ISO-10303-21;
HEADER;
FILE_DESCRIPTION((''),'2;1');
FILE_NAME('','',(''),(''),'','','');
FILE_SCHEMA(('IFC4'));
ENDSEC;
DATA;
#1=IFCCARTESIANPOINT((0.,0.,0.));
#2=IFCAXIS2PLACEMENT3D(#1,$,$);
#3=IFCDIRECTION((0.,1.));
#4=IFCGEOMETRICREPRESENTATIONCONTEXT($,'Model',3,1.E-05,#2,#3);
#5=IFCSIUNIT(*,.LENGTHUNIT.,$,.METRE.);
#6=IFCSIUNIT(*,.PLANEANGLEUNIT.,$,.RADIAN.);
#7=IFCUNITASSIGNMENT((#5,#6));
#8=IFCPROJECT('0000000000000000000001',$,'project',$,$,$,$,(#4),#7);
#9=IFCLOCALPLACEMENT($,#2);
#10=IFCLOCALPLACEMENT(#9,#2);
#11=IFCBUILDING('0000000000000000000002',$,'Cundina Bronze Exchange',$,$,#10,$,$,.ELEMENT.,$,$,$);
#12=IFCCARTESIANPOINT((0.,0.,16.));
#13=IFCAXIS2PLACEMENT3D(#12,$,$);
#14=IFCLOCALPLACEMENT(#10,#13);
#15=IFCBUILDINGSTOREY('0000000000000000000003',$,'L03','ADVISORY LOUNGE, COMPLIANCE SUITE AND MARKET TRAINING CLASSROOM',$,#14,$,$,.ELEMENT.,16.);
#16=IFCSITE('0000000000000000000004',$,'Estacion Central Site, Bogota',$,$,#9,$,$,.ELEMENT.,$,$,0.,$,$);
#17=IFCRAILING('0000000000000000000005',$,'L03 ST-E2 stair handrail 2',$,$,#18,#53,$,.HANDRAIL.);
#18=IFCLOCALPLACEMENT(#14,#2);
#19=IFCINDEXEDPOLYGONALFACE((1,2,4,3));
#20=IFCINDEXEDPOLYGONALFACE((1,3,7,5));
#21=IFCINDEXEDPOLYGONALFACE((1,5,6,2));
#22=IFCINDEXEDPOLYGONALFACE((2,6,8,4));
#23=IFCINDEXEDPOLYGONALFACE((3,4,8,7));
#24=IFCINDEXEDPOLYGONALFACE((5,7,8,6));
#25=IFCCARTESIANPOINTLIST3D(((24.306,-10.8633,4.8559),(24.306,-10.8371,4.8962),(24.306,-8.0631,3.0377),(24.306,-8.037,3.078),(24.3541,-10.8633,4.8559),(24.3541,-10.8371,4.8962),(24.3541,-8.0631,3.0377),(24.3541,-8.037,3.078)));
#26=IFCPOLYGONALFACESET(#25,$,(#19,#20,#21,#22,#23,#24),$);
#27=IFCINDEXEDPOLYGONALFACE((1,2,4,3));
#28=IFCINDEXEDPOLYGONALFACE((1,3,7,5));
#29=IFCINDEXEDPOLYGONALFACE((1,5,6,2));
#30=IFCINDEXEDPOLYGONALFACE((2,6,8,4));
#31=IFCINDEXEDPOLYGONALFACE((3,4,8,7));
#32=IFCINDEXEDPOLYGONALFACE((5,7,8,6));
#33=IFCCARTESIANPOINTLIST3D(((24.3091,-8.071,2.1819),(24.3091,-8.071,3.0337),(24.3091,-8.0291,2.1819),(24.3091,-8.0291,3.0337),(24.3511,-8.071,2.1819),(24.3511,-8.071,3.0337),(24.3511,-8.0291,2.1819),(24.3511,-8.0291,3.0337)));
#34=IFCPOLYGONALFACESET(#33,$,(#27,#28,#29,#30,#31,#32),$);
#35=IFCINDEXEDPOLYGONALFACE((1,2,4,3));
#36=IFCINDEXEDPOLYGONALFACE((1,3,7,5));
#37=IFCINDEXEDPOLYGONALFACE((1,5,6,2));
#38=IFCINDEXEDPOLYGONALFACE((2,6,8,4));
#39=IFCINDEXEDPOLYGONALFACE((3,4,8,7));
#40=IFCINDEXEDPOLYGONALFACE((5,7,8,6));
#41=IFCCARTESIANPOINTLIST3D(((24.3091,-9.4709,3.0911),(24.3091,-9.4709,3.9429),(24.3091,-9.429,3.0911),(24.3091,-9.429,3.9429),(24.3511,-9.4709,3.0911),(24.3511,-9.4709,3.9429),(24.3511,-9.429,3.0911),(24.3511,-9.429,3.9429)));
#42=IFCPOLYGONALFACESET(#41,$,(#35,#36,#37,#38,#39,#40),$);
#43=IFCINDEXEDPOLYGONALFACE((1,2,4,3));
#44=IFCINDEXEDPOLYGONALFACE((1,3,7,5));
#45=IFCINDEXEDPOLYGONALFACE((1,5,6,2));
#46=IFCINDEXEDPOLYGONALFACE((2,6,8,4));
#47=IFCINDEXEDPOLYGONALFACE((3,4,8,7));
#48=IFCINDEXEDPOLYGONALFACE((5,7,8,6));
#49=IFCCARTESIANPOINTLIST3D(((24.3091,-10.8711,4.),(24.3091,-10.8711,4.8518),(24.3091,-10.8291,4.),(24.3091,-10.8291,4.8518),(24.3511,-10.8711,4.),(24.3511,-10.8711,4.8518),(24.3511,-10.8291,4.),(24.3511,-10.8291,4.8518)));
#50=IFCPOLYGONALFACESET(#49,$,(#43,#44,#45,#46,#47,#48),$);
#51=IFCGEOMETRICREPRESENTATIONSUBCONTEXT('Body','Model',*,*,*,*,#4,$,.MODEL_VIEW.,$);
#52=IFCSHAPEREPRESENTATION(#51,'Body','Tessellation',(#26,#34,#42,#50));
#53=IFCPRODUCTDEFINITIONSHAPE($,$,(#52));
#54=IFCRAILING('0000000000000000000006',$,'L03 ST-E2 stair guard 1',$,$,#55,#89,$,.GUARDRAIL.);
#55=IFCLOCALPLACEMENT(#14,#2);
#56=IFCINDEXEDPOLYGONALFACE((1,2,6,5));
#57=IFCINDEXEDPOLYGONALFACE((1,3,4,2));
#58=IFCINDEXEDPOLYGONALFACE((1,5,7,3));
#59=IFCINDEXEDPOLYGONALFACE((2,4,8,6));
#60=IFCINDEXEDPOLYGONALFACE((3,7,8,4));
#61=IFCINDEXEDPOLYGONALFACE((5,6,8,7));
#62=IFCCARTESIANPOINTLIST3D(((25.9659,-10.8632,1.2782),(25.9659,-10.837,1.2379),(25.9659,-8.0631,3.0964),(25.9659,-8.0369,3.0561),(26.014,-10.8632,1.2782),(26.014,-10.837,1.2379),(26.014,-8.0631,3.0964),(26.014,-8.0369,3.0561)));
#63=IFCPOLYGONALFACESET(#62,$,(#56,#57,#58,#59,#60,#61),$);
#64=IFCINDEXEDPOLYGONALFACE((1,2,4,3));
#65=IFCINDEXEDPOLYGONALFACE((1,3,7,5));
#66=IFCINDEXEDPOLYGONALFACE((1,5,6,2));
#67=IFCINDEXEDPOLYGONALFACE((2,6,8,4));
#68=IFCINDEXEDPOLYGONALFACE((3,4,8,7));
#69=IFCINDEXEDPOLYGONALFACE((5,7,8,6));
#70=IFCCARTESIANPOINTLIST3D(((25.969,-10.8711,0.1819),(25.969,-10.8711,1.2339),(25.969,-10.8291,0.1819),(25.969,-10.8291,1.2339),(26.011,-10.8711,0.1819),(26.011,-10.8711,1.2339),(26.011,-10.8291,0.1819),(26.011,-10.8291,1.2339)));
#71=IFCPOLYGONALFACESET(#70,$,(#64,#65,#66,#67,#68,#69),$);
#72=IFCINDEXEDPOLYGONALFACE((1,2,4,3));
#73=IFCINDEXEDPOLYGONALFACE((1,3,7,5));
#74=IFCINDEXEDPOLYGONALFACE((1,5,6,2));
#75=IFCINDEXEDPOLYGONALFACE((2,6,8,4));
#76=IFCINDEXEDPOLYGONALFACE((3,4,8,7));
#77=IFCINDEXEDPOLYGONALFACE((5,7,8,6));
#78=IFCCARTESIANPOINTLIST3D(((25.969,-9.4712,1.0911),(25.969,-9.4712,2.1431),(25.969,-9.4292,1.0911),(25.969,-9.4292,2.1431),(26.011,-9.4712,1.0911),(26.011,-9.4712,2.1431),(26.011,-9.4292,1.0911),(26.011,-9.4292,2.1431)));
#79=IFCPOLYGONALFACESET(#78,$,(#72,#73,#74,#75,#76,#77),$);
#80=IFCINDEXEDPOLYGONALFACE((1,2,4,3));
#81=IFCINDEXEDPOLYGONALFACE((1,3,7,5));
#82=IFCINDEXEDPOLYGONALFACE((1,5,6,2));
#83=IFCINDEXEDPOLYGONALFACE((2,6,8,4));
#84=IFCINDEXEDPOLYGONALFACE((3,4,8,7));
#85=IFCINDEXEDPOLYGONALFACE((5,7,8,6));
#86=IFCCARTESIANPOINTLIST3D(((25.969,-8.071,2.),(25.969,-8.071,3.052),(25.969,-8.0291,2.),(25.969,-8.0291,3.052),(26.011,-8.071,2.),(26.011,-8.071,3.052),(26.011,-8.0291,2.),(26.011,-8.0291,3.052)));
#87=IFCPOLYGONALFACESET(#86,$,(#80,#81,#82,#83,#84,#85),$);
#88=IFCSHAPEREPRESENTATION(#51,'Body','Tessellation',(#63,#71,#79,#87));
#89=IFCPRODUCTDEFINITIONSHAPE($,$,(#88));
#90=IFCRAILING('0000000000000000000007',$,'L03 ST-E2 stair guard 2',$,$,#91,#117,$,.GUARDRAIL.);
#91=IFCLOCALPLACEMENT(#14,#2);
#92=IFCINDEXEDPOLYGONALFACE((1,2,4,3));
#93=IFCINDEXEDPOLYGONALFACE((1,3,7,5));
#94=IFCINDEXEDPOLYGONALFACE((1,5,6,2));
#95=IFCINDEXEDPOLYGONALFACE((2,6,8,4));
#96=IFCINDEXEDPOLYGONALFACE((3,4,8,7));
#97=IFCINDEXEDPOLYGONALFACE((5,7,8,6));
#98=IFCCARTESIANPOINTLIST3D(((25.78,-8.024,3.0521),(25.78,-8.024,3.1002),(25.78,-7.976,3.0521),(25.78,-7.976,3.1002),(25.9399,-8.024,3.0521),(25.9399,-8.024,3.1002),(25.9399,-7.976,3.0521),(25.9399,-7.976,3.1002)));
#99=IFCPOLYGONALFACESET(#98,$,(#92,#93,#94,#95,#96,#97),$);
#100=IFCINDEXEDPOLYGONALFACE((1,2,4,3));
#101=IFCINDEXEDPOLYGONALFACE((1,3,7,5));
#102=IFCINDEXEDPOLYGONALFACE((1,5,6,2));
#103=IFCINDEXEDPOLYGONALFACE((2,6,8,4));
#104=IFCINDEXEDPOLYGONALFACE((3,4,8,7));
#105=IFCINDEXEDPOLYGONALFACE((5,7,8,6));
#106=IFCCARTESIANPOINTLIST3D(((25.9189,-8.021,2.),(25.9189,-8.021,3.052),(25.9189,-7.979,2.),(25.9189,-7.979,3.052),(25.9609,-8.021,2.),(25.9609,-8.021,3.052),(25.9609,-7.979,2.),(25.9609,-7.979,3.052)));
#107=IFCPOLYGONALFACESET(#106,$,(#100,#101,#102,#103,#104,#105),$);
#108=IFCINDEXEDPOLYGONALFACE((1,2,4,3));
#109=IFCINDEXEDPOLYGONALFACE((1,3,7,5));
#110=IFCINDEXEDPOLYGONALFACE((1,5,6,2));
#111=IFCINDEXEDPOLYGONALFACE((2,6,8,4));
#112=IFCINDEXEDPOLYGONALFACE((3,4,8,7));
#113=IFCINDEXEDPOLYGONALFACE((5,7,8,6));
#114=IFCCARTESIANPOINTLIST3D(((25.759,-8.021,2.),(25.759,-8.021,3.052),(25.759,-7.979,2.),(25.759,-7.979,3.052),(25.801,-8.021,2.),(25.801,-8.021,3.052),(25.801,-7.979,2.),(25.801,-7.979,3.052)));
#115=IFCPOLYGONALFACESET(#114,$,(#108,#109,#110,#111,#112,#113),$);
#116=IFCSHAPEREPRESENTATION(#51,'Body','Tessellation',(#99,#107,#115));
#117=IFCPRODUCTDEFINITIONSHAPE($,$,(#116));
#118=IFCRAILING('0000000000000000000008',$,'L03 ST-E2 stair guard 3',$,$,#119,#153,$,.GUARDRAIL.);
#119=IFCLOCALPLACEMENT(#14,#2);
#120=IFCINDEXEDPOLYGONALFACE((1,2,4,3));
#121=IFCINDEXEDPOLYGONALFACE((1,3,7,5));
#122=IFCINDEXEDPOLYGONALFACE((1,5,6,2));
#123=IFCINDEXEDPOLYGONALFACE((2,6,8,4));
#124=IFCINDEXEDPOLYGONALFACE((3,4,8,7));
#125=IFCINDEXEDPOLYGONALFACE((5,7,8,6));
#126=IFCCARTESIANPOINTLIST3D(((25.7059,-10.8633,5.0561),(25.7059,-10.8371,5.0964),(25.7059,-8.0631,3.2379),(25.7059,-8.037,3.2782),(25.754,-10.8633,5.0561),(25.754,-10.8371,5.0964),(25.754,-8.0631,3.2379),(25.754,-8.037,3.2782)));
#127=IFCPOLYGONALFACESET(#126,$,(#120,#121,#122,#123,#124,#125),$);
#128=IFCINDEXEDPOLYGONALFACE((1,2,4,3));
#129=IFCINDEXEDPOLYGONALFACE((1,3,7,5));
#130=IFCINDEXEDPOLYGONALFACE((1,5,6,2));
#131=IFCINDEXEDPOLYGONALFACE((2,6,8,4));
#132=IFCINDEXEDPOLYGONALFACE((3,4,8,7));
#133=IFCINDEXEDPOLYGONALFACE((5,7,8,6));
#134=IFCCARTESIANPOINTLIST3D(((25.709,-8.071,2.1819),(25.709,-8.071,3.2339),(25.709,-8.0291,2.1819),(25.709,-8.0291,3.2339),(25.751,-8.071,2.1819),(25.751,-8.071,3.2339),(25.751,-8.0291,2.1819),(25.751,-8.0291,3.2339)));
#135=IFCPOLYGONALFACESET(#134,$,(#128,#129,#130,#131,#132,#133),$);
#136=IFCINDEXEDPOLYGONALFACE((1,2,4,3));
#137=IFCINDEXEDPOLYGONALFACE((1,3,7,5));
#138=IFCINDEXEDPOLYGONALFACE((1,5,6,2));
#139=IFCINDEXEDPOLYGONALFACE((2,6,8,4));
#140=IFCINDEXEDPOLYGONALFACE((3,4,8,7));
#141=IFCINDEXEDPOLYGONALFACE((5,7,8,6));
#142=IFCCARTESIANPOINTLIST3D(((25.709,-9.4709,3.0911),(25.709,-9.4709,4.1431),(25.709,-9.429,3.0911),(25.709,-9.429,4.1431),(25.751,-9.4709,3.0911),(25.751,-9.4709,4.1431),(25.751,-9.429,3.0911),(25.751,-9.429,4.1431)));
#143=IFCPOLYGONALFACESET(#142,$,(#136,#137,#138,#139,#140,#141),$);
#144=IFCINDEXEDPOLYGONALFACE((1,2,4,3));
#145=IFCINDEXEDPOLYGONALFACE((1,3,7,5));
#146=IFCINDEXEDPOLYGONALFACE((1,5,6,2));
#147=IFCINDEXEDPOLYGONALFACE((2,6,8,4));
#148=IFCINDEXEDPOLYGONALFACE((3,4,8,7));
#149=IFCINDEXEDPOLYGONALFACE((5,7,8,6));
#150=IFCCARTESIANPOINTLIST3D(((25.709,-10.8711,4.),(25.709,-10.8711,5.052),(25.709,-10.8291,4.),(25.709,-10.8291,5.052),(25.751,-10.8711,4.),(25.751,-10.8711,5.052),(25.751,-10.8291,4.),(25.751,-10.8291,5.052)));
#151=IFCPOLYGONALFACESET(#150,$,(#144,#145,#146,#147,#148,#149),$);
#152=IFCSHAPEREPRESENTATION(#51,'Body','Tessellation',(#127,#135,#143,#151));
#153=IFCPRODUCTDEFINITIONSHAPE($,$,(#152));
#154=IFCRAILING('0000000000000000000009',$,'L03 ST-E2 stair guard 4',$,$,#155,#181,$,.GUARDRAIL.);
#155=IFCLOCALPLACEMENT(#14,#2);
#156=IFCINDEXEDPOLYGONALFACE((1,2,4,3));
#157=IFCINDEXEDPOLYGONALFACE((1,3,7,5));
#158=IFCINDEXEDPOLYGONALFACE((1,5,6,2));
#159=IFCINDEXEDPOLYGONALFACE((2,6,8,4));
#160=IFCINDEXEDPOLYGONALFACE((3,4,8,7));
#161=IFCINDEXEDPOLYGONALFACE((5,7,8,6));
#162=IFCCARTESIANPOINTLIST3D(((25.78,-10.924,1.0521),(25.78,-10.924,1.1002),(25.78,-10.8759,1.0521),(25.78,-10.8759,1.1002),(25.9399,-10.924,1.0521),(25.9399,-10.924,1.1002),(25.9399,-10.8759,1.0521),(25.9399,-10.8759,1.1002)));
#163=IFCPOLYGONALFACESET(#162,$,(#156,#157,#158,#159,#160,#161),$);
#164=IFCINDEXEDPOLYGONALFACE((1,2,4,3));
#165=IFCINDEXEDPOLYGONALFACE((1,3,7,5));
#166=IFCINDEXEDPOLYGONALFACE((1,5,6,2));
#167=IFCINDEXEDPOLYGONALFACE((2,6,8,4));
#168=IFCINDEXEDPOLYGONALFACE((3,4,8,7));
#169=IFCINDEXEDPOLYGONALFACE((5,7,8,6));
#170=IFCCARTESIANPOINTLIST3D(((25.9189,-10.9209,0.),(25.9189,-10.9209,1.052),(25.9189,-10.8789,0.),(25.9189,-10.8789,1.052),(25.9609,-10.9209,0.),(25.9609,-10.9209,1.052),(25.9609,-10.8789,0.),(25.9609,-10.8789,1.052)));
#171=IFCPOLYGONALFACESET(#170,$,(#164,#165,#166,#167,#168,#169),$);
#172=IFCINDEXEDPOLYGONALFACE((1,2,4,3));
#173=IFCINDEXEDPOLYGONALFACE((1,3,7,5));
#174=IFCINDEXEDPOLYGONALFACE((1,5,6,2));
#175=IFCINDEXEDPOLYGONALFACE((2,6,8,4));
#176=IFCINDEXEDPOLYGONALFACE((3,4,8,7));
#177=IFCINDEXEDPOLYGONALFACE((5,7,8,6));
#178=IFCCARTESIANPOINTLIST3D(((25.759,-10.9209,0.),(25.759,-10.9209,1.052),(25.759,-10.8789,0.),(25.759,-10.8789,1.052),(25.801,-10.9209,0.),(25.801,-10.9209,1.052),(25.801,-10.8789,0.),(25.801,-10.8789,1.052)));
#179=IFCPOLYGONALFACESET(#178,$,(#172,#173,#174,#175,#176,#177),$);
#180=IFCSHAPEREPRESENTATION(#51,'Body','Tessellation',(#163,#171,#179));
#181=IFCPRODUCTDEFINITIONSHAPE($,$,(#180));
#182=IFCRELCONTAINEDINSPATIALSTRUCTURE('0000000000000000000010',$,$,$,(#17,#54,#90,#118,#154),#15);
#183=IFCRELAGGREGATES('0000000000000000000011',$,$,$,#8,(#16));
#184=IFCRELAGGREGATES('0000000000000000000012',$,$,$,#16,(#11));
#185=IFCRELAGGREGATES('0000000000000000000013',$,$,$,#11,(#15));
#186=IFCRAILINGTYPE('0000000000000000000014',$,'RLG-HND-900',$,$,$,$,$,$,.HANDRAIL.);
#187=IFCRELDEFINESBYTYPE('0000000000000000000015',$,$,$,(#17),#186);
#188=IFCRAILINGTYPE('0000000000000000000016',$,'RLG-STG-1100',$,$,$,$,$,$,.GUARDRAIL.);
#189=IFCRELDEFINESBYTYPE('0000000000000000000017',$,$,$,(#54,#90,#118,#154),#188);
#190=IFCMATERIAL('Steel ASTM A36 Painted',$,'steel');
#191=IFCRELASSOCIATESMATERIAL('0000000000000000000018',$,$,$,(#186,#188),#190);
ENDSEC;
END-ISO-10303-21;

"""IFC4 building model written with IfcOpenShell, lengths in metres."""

from ifc_helpers import new_model, si_unit, direction, frame, origin, origin_2d, place, context, subcontext, project, spatial, rectangle, extrude, material, type_object, element, save


model = new_model("IFC4")

# Units and contexts
model_context = context("Model", 3, precision=1e-05, world=origin(), true_north=direction((0.0, 1.0)))
body_context = subcontext(model_context, "Body", "Model", "MODEL_VIEW")
ifc_project = project(units=[si_unit("LENGTHUNIT", "METRE"), si_unit("PLANEANGLEUNIT", "RADIAN")], contexts=[model_context])

# Site, building, storey
site_placement = place(None, origin())
site = spatial("IfcSite", under=ifc_project, at=site_placement, Name="Estacion Central Site, Bogota", CompositionType="ELEMENT", RefElevation=0.0)
building_placement = place(site_placement, origin())
building = spatial("IfcBuilding", under=site, at=building_placement, Name="Cundina Bronze Exchange", CompositionType="ELEMENT")
storey_placement = place(building_placement, frame((0.0, 0.0, 16.0)))
storey = spatial("IfcBuildingStorey", under=building, at=storey_placement, Name="L03", Description="ADVISORY LOUNGE, COMPLIANCE SUITE AND MARKET TRAINING CLASSROOM", CompositionType="ELEMENT", Elevation=16.0)

# Shared definitions
ifc_material_1 = material(Name="Steel ASTM A36 Painted", Category="steel")

# Railings
railing_type_1 = type_object("IfcRailingType", Name="RLG-HND-900", PredefinedType="HANDRAIL", material=ifc_material_1)
railing_1_placement = place(storey_placement, frame((24.3301, -8.05, 2.1819)))
element("IfcRailing", 1, at=railing_1_placement, inside=storey, type_object=railing_type_1, Name="L03 ST-E2 stair handrail 2", PredefinedType="HANDRAIL", context=body_context, shape_type="SweptSolid", body=[
    extrude(rectangle(XDim=0.0481, YDim=0.0481, at=origin_2d()), frame((0.0, 0.0, 0.876), z_axis=(0.0, -0.838706, 0.544585), x_axis=(1.0, 0.0, 0.0)), (0.0, 0.0, 1.0), 3.3386),
    extrude(rectangle(XDim=0.042, YDim=0.042, at=origin_2d()), origin(), (0.0, 0.0, 1.0), 0.8518),
    extrude(rectangle(XDim=0.042, YDim=0.042, at=origin_2d()), frame((0.0, -1.3999, 0.9092)), (0.0, 0.0, 1.0), 0.8518),
    extrude(rectangle(XDim=0.042, YDim=0.042, at=origin_2d()), frame((0.0, -2.8, 1.8181)), (0.0, 0.0, 1.0), 0.8518),
])
railing_type_2 = type_object("IfcRailingType", Name="RLG-STG-1100", PredefinedType="GUARDRAIL", material=ifc_material_1)
railing_2_placement = place(storey_placement, frame((25.99, -10.8501, 0.1819)))
element("IfcRailing", 2, at=railing_2_placement, inside=storey, type_object=railing_type_2, Name="L03 ST-E2 stair guard 1", PredefinedType="GUARDRAIL", context=body_context, shape_type="SweptSolid", body=[
    extrude(rectangle(XDim=0.0481, YDim=0.0481, at=origin_2d()), frame((0.0, 0.0, 1.0762), z_axis=(0.0, 0.838706, 0.544585), x_axis=(-1.0, 0.0, 0.0)), (0.0, 0.0, 1.0), 3.3386),
    extrude(rectangle(XDim=0.042, YDim=0.042, at=origin_2d()), origin(), (0.0, 0.0, 1.0), 1.052),
    extrude(rectangle(XDim=0.042, YDim=0.042, at=origin_2d()), frame((0.0, 1.3999, 0.9092)), (0.0, 0.0, 1.0), 1.052),
    extrude(rectangle(XDim=0.042, YDim=0.042, at=origin_2d()), frame((0.0, 2.8, 1.8181)), (0.0, 0.0, 1.0), 1.052),
])
railing_3_placement = place(storey_placement, frame((25.9399, -8.0, 2.0)))
element("IfcRailing", 3, at=railing_3_placement, inside=storey, type_object=railing_type_2, Name="L03 ST-E2 stair guard 2", PredefinedType="GUARDRAIL", context=body_context, shape_type="SweptSolid", body=[
    extrude(rectangle(XDim=0.0481, YDim=0.0481, at=origin_2d()), frame((0.0, 0.0, 1.0762), z_axis=(-1.0, 0.0, 0.0), x_axis=(0.0, -1.0, 0.0)), (0.0, 0.0, 1.0), 0.1599),
    extrude(rectangle(XDim=0.042, YDim=0.042, at=origin_2d()), origin(), (0.0, 0.0, 1.0), 1.052),
    extrude(rectangle(XDim=0.042, YDim=0.042, at=origin_2d()), frame((-0.1599, 0.0, 0.0)), (0.0, 0.0, 1.0), 1.052),
])
railing_4_placement = place(storey_placement, frame((25.73, -8.05, 2.1819)))
element("IfcRailing", 4, at=railing_4_placement, inside=storey, type_object=railing_type_2, Name="L03 ST-E2 stair guard 3", PredefinedType="GUARDRAIL", context=body_context, shape_type="SweptSolid", body=[
    extrude(rectangle(XDim=0.0481, YDim=0.0481, at=origin_2d()), frame((0.0, 0.0, 1.0762), z_axis=(0.0, -0.838706, 0.544585), x_axis=(1.0, 0.0, 0.0)), (0.0, 0.0, 1.0), 3.3386),
    extrude(rectangle(XDim=0.042, YDim=0.042, at=origin_2d()), origin(), (0.0, 0.0, 1.0), 1.052),
    extrude(rectangle(XDim=0.042, YDim=0.042, at=origin_2d()), frame((0.0, -1.3999, 0.9092)), (0.0, 0.0, 1.0), 1.052),
    extrude(rectangle(XDim=0.042, YDim=0.042, at=origin_2d()), frame((0.0, -2.8, 1.8181)), (0.0, 0.0, 1.0), 1.052),
])
railing_5_placement = place(storey_placement, frame((25.9399, -10.8999, 0.0)))
element("IfcRailing", 5, at=railing_5_placement, inside=storey, type_object=railing_type_2, Name="L03 ST-E2 stair guard 4", PredefinedType="GUARDRAIL", context=body_context, shape_type="SweptSolid", body=[
    extrude(rectangle(XDim=0.0481, YDim=0.0481, at=origin_2d()), frame((0.0, 0.0, 1.0762), z_axis=(-1.0, 0.0, 0.0), x_axis=(0.0, -1.0, 0.0)), (0.0, 0.0, 1.0), 0.1599),
    extrude(rectangle(XDim=0.042, YDim=0.042, at=origin_2d()), origin(), (0.0, 0.0, 1.0), 1.052),
    extrude(rectangle(XDim=0.042, YDim=0.042, at=origin_2d()), frame((-0.1599, 0.0, 0.0)), (0.0, 0.0, 1.0), 1.052),
])

save(model, "model.ifc")
